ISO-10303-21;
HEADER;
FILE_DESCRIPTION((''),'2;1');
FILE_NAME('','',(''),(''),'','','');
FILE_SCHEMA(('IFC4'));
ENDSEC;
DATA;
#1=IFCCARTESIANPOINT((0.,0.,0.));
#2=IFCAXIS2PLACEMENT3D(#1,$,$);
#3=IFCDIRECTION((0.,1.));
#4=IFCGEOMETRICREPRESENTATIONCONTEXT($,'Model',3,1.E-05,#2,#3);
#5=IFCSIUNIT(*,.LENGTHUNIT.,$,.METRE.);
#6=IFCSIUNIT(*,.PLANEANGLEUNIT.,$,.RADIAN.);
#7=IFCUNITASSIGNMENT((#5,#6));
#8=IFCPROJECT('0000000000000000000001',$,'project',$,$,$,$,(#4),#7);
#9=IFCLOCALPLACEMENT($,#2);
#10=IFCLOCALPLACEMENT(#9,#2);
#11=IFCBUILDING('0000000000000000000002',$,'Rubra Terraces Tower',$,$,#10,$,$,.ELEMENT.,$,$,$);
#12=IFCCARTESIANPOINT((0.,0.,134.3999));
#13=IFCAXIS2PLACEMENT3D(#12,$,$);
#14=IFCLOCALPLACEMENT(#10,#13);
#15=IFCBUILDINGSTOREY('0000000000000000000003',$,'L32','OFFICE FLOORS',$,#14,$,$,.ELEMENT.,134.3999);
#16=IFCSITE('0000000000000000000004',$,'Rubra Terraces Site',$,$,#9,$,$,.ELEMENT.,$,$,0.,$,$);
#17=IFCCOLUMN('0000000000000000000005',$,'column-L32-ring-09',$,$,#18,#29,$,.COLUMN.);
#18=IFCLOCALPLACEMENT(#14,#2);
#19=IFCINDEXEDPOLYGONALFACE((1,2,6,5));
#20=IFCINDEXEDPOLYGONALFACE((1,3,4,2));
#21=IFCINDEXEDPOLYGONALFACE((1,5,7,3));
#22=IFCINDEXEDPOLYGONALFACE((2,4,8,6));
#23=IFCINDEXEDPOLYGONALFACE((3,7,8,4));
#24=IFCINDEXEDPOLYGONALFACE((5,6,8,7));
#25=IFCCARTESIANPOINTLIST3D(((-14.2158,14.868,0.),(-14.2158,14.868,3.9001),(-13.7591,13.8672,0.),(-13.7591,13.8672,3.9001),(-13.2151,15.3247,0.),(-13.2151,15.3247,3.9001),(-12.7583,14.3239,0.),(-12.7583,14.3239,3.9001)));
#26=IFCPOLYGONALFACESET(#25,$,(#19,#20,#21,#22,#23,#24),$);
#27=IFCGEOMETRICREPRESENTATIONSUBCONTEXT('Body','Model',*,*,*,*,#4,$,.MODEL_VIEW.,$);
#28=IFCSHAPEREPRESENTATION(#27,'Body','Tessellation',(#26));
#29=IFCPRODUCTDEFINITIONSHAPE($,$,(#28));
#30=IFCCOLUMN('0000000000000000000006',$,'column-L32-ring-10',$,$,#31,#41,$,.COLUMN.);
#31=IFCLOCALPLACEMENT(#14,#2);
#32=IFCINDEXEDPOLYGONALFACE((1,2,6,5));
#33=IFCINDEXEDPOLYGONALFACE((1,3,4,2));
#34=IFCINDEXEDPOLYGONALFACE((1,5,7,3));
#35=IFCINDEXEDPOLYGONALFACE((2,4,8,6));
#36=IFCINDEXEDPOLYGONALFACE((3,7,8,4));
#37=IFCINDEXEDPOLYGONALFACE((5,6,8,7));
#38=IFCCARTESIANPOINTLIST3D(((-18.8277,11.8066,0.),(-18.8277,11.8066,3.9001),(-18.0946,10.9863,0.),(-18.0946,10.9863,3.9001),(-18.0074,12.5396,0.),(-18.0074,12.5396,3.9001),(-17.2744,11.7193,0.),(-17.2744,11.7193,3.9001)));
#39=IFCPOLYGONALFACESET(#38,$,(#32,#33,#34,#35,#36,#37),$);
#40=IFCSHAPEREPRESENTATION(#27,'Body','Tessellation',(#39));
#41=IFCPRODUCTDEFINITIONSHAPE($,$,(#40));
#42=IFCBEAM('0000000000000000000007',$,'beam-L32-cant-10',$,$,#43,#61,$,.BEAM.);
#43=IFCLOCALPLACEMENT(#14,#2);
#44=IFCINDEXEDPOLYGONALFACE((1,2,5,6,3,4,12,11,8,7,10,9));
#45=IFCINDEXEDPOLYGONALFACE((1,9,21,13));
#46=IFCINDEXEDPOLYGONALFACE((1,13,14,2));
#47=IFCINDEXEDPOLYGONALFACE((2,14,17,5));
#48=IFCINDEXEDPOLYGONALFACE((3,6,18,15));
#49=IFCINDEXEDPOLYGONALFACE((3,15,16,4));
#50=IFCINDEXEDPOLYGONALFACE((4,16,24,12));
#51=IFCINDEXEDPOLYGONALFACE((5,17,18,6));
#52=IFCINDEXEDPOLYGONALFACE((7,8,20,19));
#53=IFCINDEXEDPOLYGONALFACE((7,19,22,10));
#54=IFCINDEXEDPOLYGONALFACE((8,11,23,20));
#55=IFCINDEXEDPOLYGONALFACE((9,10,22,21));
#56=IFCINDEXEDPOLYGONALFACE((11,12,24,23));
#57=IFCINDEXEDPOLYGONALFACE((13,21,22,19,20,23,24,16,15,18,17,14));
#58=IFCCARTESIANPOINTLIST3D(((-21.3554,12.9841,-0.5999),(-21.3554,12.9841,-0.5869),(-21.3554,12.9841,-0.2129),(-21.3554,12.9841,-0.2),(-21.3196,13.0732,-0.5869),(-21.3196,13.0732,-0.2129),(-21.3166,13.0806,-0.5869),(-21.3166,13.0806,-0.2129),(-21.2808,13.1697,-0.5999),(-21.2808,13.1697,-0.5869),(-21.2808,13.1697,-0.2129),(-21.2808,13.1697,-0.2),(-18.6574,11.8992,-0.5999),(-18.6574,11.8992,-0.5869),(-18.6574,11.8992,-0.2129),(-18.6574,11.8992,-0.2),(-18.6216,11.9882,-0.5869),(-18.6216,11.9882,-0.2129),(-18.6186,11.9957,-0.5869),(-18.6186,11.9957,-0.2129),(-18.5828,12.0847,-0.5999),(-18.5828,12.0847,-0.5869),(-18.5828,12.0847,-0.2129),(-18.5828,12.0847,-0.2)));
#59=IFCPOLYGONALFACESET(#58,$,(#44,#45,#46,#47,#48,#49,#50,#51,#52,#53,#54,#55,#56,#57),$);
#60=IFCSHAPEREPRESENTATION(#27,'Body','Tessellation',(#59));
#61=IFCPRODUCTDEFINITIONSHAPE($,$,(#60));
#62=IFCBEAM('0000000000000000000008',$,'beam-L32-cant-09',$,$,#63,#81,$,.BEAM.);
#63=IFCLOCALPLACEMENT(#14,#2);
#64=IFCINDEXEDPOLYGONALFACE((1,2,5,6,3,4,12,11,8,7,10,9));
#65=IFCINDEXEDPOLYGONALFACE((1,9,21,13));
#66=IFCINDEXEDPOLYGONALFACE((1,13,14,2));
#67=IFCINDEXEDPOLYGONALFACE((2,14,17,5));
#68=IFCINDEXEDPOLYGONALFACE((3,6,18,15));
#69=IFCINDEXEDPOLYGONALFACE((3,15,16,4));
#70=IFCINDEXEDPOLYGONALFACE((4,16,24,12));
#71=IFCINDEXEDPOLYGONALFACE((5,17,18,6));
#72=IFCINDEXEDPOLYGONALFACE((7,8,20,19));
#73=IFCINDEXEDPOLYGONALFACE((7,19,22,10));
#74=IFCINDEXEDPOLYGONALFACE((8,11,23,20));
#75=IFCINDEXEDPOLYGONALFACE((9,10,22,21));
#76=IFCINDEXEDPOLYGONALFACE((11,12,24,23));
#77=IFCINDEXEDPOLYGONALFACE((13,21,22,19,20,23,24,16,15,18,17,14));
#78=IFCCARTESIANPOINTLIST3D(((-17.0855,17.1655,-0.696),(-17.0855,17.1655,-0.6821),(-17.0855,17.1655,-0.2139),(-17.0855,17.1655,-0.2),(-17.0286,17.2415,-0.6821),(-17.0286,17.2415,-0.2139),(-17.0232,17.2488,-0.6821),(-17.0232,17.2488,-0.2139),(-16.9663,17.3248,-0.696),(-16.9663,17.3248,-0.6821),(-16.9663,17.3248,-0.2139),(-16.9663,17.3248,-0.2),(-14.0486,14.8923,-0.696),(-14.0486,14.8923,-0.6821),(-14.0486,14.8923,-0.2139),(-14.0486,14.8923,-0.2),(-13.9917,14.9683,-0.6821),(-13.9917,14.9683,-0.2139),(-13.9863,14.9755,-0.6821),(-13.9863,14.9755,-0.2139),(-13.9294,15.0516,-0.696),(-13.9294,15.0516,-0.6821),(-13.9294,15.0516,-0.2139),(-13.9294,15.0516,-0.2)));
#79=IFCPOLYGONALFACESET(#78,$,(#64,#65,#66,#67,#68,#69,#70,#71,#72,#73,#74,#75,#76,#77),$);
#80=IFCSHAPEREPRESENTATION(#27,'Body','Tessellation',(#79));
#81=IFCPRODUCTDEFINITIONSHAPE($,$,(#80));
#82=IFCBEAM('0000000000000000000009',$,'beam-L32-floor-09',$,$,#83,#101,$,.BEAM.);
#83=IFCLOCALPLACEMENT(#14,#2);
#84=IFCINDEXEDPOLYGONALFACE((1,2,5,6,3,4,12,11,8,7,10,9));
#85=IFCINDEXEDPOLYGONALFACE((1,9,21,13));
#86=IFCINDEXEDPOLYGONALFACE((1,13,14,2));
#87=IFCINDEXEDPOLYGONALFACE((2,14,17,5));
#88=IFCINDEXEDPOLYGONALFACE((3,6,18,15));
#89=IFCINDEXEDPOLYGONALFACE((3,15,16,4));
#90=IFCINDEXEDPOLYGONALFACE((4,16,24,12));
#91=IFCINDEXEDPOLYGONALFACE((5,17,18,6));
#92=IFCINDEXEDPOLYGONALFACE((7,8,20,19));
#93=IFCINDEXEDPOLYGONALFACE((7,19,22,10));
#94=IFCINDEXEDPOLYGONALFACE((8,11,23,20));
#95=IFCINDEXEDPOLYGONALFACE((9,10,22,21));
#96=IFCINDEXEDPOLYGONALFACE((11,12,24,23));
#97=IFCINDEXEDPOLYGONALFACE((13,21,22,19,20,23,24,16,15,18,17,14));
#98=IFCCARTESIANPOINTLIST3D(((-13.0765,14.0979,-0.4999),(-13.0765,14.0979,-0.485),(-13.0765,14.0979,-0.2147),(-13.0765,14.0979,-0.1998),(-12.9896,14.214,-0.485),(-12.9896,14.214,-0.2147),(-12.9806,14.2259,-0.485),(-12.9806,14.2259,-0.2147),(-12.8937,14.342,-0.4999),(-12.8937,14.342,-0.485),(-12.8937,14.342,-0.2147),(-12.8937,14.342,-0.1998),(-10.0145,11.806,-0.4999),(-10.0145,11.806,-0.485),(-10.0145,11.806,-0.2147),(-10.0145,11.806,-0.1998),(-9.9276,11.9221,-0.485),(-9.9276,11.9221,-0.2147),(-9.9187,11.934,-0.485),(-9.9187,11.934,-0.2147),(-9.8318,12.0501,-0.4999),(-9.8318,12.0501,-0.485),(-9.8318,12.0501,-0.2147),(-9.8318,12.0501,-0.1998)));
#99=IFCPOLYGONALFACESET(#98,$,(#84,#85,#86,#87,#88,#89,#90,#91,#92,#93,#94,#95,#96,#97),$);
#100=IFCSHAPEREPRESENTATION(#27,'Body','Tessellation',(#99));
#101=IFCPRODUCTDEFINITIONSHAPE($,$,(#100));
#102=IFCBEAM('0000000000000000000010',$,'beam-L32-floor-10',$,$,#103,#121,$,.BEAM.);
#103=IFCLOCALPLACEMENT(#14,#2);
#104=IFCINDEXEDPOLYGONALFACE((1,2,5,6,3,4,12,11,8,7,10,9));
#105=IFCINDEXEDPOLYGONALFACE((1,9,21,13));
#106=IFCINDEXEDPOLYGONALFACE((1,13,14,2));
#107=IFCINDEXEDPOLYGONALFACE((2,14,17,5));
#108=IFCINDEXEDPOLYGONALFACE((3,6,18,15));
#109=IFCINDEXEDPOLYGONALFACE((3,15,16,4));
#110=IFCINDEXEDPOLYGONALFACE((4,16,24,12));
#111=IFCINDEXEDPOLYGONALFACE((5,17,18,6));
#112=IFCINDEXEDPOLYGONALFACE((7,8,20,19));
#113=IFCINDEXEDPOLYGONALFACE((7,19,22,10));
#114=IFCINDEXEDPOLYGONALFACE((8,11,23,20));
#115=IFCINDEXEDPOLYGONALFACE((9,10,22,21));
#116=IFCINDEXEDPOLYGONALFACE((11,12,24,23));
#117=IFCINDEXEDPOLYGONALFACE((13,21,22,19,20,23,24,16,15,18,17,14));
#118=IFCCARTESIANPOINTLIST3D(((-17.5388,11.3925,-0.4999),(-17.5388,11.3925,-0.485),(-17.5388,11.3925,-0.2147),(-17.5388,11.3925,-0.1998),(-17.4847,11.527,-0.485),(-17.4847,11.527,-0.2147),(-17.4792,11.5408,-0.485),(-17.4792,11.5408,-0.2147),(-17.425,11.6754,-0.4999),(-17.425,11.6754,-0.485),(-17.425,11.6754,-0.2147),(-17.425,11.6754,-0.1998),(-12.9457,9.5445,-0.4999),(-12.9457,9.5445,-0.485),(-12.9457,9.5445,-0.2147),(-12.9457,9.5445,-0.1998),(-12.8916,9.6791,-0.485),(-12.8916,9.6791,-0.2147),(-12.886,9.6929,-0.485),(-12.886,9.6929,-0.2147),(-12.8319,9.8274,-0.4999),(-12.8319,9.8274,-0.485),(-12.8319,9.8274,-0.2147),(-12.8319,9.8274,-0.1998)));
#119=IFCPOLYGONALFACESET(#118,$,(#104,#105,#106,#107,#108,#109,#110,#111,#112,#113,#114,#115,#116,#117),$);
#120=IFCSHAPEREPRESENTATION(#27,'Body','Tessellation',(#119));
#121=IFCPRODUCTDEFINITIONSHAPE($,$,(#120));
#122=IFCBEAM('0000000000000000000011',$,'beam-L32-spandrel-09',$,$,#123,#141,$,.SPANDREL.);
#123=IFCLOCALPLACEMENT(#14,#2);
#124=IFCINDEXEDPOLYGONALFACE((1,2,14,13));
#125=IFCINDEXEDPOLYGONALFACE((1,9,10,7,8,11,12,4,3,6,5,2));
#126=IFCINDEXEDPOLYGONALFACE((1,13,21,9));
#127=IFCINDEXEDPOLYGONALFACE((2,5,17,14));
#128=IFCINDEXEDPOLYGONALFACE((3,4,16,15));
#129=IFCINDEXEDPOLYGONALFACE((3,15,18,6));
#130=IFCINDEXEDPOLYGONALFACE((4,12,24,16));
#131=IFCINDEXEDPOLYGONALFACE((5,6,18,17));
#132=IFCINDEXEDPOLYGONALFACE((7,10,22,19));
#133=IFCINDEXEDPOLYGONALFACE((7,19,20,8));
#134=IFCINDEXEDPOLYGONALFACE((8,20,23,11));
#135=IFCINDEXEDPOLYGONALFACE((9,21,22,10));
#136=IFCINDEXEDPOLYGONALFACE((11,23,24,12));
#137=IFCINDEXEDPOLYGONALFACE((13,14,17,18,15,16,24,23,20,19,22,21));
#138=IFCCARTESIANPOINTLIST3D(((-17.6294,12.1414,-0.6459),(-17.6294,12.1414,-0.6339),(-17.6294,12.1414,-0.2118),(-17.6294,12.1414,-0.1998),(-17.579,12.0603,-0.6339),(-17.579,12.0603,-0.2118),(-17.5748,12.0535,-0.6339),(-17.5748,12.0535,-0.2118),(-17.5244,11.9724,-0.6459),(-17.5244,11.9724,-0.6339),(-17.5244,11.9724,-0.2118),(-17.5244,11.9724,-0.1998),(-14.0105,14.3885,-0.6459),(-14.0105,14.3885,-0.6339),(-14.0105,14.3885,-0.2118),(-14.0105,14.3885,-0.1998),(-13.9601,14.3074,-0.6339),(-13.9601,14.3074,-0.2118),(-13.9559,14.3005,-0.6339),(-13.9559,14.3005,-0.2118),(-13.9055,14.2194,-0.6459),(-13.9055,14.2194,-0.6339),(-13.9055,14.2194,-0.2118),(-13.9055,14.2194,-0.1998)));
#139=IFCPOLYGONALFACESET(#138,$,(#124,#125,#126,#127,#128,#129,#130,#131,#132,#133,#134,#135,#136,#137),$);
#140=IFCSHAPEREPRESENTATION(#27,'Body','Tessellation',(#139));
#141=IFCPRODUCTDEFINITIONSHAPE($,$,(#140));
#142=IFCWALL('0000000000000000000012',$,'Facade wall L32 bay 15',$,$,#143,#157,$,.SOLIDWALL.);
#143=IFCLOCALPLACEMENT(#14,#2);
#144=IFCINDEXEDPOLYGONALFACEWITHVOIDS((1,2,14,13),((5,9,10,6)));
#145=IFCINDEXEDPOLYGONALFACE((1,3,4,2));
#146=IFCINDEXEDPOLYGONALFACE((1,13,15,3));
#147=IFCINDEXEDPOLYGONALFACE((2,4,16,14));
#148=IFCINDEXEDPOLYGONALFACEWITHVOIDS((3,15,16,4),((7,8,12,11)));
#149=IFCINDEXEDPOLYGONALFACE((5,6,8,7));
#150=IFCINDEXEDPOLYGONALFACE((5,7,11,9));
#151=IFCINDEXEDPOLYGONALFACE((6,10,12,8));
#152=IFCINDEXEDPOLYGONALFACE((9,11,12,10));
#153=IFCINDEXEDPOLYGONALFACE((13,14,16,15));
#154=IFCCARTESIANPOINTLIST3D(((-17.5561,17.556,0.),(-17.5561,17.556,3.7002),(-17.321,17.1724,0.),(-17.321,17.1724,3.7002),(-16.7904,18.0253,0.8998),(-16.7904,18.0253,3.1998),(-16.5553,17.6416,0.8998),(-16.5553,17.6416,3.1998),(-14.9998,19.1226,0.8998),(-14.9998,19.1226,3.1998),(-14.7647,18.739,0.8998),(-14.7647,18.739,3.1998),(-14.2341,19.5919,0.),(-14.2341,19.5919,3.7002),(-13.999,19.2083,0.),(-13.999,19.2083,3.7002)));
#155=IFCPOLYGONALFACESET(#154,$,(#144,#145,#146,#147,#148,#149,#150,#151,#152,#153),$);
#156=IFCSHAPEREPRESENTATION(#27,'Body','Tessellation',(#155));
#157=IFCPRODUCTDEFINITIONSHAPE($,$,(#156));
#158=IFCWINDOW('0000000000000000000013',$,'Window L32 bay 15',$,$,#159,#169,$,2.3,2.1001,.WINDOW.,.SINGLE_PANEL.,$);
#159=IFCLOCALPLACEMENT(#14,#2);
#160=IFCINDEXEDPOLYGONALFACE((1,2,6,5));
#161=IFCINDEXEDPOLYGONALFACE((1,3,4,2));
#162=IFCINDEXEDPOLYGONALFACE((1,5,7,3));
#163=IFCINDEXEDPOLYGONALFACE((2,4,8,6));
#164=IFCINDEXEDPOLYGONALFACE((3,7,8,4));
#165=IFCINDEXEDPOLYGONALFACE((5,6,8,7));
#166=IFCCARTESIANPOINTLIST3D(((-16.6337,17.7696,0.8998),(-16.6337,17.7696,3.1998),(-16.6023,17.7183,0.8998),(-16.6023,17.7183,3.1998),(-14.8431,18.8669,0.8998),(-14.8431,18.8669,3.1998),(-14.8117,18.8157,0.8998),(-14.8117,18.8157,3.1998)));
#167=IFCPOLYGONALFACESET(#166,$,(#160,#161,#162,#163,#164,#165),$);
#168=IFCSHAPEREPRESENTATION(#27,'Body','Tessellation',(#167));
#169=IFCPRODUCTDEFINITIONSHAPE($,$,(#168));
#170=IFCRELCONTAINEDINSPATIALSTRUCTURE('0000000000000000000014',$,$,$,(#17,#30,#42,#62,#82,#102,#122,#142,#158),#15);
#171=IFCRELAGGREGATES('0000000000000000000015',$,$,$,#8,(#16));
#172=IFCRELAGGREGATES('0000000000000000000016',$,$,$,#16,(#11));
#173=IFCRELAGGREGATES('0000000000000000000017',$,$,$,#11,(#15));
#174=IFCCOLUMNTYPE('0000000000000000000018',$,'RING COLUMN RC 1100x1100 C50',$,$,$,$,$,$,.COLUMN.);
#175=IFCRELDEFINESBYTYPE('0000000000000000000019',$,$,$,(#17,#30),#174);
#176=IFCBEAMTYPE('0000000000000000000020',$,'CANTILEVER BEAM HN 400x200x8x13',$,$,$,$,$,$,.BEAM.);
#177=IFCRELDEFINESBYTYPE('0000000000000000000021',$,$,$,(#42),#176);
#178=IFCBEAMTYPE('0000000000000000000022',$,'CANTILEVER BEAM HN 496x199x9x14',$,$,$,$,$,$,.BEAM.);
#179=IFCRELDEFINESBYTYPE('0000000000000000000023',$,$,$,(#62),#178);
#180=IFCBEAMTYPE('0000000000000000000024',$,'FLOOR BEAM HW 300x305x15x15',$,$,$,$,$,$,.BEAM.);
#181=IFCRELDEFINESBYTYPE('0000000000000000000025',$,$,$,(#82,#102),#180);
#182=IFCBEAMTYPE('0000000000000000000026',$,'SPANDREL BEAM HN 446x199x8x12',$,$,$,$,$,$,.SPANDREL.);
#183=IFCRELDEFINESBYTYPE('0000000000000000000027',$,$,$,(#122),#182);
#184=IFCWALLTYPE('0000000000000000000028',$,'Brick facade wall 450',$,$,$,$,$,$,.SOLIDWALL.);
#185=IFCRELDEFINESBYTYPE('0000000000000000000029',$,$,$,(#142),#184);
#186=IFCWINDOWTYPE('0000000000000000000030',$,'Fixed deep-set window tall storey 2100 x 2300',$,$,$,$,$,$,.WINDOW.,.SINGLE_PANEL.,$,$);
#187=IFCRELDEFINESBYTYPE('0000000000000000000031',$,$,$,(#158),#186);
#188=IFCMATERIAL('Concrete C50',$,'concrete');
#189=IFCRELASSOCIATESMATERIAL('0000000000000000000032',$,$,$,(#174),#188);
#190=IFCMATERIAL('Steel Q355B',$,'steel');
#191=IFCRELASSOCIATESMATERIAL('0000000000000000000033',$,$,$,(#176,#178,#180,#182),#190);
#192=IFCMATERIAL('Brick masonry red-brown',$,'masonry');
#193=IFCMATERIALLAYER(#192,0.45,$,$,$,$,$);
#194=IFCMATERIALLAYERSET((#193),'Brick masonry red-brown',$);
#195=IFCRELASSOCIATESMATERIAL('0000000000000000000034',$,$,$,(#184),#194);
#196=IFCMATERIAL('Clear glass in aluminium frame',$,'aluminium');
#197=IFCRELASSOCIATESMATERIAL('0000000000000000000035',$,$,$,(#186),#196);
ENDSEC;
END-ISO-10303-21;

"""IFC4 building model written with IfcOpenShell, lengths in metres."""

from ifc_helpers import new_model, si_unit, direction, frame, frame_2d, origin, origin_2d, place, context, subcontext, project, spatial, rectangle, i_section, extrude, material, layer, layer_set, material_profile, profile_set, type_object, element, fill, save


model = new_model("IFC4")

# Units and contexts
model_context = context("Model", 3, precision=1e-05, world=origin(), true_north=direction((0.0, 1.0)))
body_context = subcontext(model_context, "Body", "Model", "MODEL_VIEW")
ifc_project = project(units=[si_unit("LENGTHUNIT", "METRE"), si_unit("PLANEANGLEUNIT", "RADIAN")], contexts=[model_context])

# Site, building, storey
site_placement = place(None, origin())
site = spatial("IfcSite", under=ifc_project, at=site_placement, Name="Rubra Terraces Site", CompositionType="ELEMENT", RefElevation=0.0)
building_placement = place(site_placement, origin())
building = spatial("IfcBuilding", under=site, at=building_placement, Name="Rubra Terraces Tower", CompositionType="ELEMENT")
storey_placement = place(building_placement, frame((0.0, 0.0, 134.3999)))
storey = spatial("IfcBuildingStorey", under=building, at=storey_placement, Name="L32", Description="OFFICE FLOORS", CompositionType="ELEMENT", Elevation=134.3999)

# Columns
ifc_material_1 = material(Name="Concrete C50", Category="concrete")
ifc_material_profile_1 = material_profile(ifc_material_1, rectangle(XDim=1.1001, YDim=1.1001, at=origin_2d()), Name="RC 1100x1100")
ifc_profile_set_1 = profile_set([ifc_material_profile_1], Name="Concrete C50")
column_type = type_object("IfcColumnType", Name="RING COLUMN RC 1100x1100 C50", PredefinedType="COLUMN", material=ifc_profile_set_1)
for number, where, z_axis, x_axis, name in (
    (1, (-13.4871, 14.5959, 0.0), (0.0, 0.0, 1.0), (-0.909726, -0.415208, 0.0), "column-L32-ring-09"),
    (2, (-18.051, 11.7629, 0.0), (0.0, 0.0, 1.0), (-0.745642, -0.666347, 0.0), "column-L32-ring-10"),
):
    element("IfcColumn", number, at=place(storey_placement, frame(where, z_axis=z_axis, x_axis=x_axis)), inside=storey, type_object=column_type, Name=name, PredefinedType="COLUMN", context=body_context, shape_type="SweptSolid", body=[
        extrude(rectangle(XDim=1.1001, YDim=1.1001, at=origin_2d()), origin(), (0.0, 0.0, 1.0), 3.9001),
    ])

# Beams
ifc_material_2 = material(Name="Steel Q355B", Category="steel")
ifc_material_profile_2 = material_profile(ifc_material_2, i_section(OverallWidth=0.2, OverallDepth=0.3999, WebThickness=0.0081, FlangeThickness=0.0129, at=origin_2d()), Name="HN 400x200x8x13")
ifc_profile_set_2 = profile_set([ifc_material_profile_2], Name="Steel Q355B")
beam_type_1 = type_object("IfcBeamType", Name="CANTILEVER BEAM HN 400x200x8x13", PredefinedType="BEAM", material=ifc_profile_set_2)
beam_1_placement = place(storey_placement, frame((-18.6201, 11.9919, -0.3999), z_axis=(-0.927792, 0.373098, 0.0), x_axis=(-0.373098, -0.927792, 0.0)))
element("IfcBeam", 3, at=beam_1_placement, inside=storey, type_object=beam_type_1, Name="beam-L32-cant-10", PredefinedType="BEAM", context=body_context, shape_type="SweptSolid", body=[
    extrude(i_section(OverallWidth=0.2, OverallDepth=0.3999, WebThickness=0.0081, FlangeThickness=0.0129, at=origin_2d()), origin(), (0.0, 0.0, 1.0), 2.908),
])
ifc_material_profile_3 = material_profile(ifc_material_2, i_section(OverallWidth=0.199, OverallDepth=0.4961, WebThickness=0.009, FlangeThickness=0.0139, at=origin_2d()), Name="HN 496x199x9x14")
ifc_profile_set_3 = profile_set([ifc_material_profile_3], Name="Steel Q355B")
beam_type_2 = type_object("IfcBeamType", Name="CANTILEVER BEAM HN 496x199x9x14", PredefinedType="BEAM", material=ifc_profile_set_3)
beam_2_placement = place(storey_placement, frame((-13.989, 14.9719, -0.448), z_axis=(-0.800563, 0.599248, 0.0), x_axis=(-0.599248, -0.800563, 0.0)))
element("IfcBeam", 4, at=beam_2_placement, inside=storey, type_object=beam_type_2, Name="beam-L32-cant-09", PredefinedType="BEAM", context=body_context, shape_type="SweptSolid", body=[
    extrude(i_section(OverallWidth=0.199, OverallDepth=0.4961, WebThickness=0.009, FlangeThickness=0.0139, at=origin_2d()), origin(), (0.0, 0.0, 1.0), 3.7935),
])
ifc_material_profile_4 = material_profile(ifc_material_2, i_section(OverallWidth=0.3049, OverallDepth=0.3, WebThickness=0.0149, FlangeThickness=0.0149, at=origin_2d()), Name="HW 300x305x15x15")
ifc_profile_set_4 = profile_set([ifc_material_profile_4], Name="Steel Q355B")
beam_type_3 = type_object("IfcBeamType", Name="FLOOR BEAM HW 300x305x15x15", PredefinedType="BEAM", material=ifc_profile_set_4)
beam_3_placement = place(storey_placement, frame((-12.9851, 14.22, -0.3499), z_axis=(0.800566, -0.599244, 0.0), x_axis=(0.599244, 0.800566, 0.0)))
element("IfcBeam", 5, at=beam_3_placement, inside=storey, type_object=beam_type_3, Name="beam-L32-floor-09", PredefinedType="BEAM", context=body_context, shape_type="SweptSolid", body=[
    extrude(i_section(OverallWidth=0.3049, OverallDepth=0.3, WebThickness=0.0149, FlangeThickness=0.0149, at=origin_2d()), origin(), (0.0, 0.0, 1.0), 3.8247),
])
beam_4_placement = place(storey_placement, frame((-17.4819, 11.5339, -0.3499), z_axis=(0.92773, -0.373252, 0.0), x_axis=(0.373252, 0.92773, 0.0)))
element("IfcBeam", 6, at=beam_4_placement, inside=storey, type_object=beam_type_3, Name="beam-L32-floor-10", PredefinedType="BEAM", context=body_context, shape_type="SweptSolid", body=[
    extrude(i_section(OverallWidth=0.3049, OverallDepth=0.3, WebThickness=0.0149, FlangeThickness=0.0149, at=origin_2d()), origin(), (0.0, 0.0, 1.0), 4.9509),
])
ifc_material_profile_5 = material_profile(ifc_material_2, i_section(OverallWidth=0.199, OverallDepth=0.446, WebThickness=0.0081, FlangeThickness=0.012, at=origin_2d()), Name="HN 446x199x8x12")
ifc_profile_set_5 = profile_set([ifc_material_profile_5], Name="Steel Q355B")
beam_type_4 = type_object("IfcBeamType", Name="SPANDREL BEAM HN 446x199x8x12", PredefinedType="SPANDREL", material=ifc_profile_set_5)
beam_5_placement = place(storey_placement, frame((-13.958, 14.304, -0.4229), z_axis=(-0.84955, -0.527508, 0.0), x_axis=(0.527508, -0.84955, 0.0)))
element("IfcBeam", 7, at=beam_5_placement, inside=storey, type_object=beam_type_4, Name="beam-L32-spandrel-09", PredefinedType="SPANDREL", context=body_context, shape_type="SweptSolid", body=[
    extrude(i_section(OverallWidth=0.199, OverallDepth=0.446, WebThickness=0.0081, FlangeThickness=0.012, at=origin_2d()), origin(), (0.0, 0.0, 1.0), 4.2598),
])

# Wall, opening, window
ifc_material_3 = material(Name="Brick masonry red-brown", Category="masonry")
ifc_layer_1 = layer(ifc_material_3, 0.45)
ifc_layer_set_1 = layer_set([ifc_layer_1], Name="Brick masonry red-brown")
wall_type_1 = type_object("IfcWallType", Name="Brick facade wall 450", PredefinedType="SOLIDWALL", material=ifc_layer_set_1)
wall_1_placement = place(storey_placement, frame((-14.1165, 19.4001, 0.0), z_axis=(0.0, 0.0, 1.0), x_axis=(-0.852623, -0.522527, 0.0)))
wall_1 = element("IfcWall", 8, at=wall_1_placement, inside=storey, type_object=wall_type_1, Name="Facade wall L32 bay 15", PredefinedType="SOLIDWALL", context=body_context, shape_type="SweptSolid", body=[
    extrude(rectangle(XDim=3.8962, YDim=0.45, at=frame_2d((1.9482, 0.0))), origin(), (0.0, 0.0, 1.0), 3.7002),
])
opening_1_placement = place(wall_1_placement, frame((0.8982, 0.0, 0.8999)))
opening_1 = element("IfcOpeningElement", 9, at=opening_1_placement, cuts=wall_1, PredefinedType="OPENING", context=body_context, shape_type="SweptSolid", body=[
    extrude(rectangle(XDim=2.1001, YDim=2.3, at=frame_2d((1.05, 1.1499))), frame((0.0, 0.2349, 0.0), z_axis=(0.0, -1.0, 0.0), x_axis=(1.0, 0.0, 0.0)), (0.0, 0.0, 1.0), 0.47),
])
ifc_material_4 = material(Name="Clear glass in aluminium frame", Category="aluminium")
window_type = type_object("IfcWindowType", Name="Fixed deep-set window tall storey 2100 x 2300", PartitioningType="SINGLE_PANEL", PredefinedType="WINDOW", material=ifc_material_4)
window_1_placement = place(opening_1_placement, origin())
window_1 = element("IfcWindow", 10, at=window_1_placement, inside=storey, type_object=window_type, Name="Window L32 bay 15", OverallHeight=2.3, OverallWidth=2.1001, PartitioningType="SINGLE_PANEL", PredefinedType="WINDOW", context=body_context, shape_type="SweptSolid", body=[
    extrude(rectangle(XDim=2.1001, YDim=2.3, at=frame_2d((1.05, 1.1499))), frame((0.0, 0.135, 0.0), z_axis=(0.0, -1.0, 0.0), x_axis=(1.0, 0.0, 0.0)), (0.0, 0.0, 1.0), 0.0601),
])
fill(opening_1, window_1)

save(model, "model.ifc")
